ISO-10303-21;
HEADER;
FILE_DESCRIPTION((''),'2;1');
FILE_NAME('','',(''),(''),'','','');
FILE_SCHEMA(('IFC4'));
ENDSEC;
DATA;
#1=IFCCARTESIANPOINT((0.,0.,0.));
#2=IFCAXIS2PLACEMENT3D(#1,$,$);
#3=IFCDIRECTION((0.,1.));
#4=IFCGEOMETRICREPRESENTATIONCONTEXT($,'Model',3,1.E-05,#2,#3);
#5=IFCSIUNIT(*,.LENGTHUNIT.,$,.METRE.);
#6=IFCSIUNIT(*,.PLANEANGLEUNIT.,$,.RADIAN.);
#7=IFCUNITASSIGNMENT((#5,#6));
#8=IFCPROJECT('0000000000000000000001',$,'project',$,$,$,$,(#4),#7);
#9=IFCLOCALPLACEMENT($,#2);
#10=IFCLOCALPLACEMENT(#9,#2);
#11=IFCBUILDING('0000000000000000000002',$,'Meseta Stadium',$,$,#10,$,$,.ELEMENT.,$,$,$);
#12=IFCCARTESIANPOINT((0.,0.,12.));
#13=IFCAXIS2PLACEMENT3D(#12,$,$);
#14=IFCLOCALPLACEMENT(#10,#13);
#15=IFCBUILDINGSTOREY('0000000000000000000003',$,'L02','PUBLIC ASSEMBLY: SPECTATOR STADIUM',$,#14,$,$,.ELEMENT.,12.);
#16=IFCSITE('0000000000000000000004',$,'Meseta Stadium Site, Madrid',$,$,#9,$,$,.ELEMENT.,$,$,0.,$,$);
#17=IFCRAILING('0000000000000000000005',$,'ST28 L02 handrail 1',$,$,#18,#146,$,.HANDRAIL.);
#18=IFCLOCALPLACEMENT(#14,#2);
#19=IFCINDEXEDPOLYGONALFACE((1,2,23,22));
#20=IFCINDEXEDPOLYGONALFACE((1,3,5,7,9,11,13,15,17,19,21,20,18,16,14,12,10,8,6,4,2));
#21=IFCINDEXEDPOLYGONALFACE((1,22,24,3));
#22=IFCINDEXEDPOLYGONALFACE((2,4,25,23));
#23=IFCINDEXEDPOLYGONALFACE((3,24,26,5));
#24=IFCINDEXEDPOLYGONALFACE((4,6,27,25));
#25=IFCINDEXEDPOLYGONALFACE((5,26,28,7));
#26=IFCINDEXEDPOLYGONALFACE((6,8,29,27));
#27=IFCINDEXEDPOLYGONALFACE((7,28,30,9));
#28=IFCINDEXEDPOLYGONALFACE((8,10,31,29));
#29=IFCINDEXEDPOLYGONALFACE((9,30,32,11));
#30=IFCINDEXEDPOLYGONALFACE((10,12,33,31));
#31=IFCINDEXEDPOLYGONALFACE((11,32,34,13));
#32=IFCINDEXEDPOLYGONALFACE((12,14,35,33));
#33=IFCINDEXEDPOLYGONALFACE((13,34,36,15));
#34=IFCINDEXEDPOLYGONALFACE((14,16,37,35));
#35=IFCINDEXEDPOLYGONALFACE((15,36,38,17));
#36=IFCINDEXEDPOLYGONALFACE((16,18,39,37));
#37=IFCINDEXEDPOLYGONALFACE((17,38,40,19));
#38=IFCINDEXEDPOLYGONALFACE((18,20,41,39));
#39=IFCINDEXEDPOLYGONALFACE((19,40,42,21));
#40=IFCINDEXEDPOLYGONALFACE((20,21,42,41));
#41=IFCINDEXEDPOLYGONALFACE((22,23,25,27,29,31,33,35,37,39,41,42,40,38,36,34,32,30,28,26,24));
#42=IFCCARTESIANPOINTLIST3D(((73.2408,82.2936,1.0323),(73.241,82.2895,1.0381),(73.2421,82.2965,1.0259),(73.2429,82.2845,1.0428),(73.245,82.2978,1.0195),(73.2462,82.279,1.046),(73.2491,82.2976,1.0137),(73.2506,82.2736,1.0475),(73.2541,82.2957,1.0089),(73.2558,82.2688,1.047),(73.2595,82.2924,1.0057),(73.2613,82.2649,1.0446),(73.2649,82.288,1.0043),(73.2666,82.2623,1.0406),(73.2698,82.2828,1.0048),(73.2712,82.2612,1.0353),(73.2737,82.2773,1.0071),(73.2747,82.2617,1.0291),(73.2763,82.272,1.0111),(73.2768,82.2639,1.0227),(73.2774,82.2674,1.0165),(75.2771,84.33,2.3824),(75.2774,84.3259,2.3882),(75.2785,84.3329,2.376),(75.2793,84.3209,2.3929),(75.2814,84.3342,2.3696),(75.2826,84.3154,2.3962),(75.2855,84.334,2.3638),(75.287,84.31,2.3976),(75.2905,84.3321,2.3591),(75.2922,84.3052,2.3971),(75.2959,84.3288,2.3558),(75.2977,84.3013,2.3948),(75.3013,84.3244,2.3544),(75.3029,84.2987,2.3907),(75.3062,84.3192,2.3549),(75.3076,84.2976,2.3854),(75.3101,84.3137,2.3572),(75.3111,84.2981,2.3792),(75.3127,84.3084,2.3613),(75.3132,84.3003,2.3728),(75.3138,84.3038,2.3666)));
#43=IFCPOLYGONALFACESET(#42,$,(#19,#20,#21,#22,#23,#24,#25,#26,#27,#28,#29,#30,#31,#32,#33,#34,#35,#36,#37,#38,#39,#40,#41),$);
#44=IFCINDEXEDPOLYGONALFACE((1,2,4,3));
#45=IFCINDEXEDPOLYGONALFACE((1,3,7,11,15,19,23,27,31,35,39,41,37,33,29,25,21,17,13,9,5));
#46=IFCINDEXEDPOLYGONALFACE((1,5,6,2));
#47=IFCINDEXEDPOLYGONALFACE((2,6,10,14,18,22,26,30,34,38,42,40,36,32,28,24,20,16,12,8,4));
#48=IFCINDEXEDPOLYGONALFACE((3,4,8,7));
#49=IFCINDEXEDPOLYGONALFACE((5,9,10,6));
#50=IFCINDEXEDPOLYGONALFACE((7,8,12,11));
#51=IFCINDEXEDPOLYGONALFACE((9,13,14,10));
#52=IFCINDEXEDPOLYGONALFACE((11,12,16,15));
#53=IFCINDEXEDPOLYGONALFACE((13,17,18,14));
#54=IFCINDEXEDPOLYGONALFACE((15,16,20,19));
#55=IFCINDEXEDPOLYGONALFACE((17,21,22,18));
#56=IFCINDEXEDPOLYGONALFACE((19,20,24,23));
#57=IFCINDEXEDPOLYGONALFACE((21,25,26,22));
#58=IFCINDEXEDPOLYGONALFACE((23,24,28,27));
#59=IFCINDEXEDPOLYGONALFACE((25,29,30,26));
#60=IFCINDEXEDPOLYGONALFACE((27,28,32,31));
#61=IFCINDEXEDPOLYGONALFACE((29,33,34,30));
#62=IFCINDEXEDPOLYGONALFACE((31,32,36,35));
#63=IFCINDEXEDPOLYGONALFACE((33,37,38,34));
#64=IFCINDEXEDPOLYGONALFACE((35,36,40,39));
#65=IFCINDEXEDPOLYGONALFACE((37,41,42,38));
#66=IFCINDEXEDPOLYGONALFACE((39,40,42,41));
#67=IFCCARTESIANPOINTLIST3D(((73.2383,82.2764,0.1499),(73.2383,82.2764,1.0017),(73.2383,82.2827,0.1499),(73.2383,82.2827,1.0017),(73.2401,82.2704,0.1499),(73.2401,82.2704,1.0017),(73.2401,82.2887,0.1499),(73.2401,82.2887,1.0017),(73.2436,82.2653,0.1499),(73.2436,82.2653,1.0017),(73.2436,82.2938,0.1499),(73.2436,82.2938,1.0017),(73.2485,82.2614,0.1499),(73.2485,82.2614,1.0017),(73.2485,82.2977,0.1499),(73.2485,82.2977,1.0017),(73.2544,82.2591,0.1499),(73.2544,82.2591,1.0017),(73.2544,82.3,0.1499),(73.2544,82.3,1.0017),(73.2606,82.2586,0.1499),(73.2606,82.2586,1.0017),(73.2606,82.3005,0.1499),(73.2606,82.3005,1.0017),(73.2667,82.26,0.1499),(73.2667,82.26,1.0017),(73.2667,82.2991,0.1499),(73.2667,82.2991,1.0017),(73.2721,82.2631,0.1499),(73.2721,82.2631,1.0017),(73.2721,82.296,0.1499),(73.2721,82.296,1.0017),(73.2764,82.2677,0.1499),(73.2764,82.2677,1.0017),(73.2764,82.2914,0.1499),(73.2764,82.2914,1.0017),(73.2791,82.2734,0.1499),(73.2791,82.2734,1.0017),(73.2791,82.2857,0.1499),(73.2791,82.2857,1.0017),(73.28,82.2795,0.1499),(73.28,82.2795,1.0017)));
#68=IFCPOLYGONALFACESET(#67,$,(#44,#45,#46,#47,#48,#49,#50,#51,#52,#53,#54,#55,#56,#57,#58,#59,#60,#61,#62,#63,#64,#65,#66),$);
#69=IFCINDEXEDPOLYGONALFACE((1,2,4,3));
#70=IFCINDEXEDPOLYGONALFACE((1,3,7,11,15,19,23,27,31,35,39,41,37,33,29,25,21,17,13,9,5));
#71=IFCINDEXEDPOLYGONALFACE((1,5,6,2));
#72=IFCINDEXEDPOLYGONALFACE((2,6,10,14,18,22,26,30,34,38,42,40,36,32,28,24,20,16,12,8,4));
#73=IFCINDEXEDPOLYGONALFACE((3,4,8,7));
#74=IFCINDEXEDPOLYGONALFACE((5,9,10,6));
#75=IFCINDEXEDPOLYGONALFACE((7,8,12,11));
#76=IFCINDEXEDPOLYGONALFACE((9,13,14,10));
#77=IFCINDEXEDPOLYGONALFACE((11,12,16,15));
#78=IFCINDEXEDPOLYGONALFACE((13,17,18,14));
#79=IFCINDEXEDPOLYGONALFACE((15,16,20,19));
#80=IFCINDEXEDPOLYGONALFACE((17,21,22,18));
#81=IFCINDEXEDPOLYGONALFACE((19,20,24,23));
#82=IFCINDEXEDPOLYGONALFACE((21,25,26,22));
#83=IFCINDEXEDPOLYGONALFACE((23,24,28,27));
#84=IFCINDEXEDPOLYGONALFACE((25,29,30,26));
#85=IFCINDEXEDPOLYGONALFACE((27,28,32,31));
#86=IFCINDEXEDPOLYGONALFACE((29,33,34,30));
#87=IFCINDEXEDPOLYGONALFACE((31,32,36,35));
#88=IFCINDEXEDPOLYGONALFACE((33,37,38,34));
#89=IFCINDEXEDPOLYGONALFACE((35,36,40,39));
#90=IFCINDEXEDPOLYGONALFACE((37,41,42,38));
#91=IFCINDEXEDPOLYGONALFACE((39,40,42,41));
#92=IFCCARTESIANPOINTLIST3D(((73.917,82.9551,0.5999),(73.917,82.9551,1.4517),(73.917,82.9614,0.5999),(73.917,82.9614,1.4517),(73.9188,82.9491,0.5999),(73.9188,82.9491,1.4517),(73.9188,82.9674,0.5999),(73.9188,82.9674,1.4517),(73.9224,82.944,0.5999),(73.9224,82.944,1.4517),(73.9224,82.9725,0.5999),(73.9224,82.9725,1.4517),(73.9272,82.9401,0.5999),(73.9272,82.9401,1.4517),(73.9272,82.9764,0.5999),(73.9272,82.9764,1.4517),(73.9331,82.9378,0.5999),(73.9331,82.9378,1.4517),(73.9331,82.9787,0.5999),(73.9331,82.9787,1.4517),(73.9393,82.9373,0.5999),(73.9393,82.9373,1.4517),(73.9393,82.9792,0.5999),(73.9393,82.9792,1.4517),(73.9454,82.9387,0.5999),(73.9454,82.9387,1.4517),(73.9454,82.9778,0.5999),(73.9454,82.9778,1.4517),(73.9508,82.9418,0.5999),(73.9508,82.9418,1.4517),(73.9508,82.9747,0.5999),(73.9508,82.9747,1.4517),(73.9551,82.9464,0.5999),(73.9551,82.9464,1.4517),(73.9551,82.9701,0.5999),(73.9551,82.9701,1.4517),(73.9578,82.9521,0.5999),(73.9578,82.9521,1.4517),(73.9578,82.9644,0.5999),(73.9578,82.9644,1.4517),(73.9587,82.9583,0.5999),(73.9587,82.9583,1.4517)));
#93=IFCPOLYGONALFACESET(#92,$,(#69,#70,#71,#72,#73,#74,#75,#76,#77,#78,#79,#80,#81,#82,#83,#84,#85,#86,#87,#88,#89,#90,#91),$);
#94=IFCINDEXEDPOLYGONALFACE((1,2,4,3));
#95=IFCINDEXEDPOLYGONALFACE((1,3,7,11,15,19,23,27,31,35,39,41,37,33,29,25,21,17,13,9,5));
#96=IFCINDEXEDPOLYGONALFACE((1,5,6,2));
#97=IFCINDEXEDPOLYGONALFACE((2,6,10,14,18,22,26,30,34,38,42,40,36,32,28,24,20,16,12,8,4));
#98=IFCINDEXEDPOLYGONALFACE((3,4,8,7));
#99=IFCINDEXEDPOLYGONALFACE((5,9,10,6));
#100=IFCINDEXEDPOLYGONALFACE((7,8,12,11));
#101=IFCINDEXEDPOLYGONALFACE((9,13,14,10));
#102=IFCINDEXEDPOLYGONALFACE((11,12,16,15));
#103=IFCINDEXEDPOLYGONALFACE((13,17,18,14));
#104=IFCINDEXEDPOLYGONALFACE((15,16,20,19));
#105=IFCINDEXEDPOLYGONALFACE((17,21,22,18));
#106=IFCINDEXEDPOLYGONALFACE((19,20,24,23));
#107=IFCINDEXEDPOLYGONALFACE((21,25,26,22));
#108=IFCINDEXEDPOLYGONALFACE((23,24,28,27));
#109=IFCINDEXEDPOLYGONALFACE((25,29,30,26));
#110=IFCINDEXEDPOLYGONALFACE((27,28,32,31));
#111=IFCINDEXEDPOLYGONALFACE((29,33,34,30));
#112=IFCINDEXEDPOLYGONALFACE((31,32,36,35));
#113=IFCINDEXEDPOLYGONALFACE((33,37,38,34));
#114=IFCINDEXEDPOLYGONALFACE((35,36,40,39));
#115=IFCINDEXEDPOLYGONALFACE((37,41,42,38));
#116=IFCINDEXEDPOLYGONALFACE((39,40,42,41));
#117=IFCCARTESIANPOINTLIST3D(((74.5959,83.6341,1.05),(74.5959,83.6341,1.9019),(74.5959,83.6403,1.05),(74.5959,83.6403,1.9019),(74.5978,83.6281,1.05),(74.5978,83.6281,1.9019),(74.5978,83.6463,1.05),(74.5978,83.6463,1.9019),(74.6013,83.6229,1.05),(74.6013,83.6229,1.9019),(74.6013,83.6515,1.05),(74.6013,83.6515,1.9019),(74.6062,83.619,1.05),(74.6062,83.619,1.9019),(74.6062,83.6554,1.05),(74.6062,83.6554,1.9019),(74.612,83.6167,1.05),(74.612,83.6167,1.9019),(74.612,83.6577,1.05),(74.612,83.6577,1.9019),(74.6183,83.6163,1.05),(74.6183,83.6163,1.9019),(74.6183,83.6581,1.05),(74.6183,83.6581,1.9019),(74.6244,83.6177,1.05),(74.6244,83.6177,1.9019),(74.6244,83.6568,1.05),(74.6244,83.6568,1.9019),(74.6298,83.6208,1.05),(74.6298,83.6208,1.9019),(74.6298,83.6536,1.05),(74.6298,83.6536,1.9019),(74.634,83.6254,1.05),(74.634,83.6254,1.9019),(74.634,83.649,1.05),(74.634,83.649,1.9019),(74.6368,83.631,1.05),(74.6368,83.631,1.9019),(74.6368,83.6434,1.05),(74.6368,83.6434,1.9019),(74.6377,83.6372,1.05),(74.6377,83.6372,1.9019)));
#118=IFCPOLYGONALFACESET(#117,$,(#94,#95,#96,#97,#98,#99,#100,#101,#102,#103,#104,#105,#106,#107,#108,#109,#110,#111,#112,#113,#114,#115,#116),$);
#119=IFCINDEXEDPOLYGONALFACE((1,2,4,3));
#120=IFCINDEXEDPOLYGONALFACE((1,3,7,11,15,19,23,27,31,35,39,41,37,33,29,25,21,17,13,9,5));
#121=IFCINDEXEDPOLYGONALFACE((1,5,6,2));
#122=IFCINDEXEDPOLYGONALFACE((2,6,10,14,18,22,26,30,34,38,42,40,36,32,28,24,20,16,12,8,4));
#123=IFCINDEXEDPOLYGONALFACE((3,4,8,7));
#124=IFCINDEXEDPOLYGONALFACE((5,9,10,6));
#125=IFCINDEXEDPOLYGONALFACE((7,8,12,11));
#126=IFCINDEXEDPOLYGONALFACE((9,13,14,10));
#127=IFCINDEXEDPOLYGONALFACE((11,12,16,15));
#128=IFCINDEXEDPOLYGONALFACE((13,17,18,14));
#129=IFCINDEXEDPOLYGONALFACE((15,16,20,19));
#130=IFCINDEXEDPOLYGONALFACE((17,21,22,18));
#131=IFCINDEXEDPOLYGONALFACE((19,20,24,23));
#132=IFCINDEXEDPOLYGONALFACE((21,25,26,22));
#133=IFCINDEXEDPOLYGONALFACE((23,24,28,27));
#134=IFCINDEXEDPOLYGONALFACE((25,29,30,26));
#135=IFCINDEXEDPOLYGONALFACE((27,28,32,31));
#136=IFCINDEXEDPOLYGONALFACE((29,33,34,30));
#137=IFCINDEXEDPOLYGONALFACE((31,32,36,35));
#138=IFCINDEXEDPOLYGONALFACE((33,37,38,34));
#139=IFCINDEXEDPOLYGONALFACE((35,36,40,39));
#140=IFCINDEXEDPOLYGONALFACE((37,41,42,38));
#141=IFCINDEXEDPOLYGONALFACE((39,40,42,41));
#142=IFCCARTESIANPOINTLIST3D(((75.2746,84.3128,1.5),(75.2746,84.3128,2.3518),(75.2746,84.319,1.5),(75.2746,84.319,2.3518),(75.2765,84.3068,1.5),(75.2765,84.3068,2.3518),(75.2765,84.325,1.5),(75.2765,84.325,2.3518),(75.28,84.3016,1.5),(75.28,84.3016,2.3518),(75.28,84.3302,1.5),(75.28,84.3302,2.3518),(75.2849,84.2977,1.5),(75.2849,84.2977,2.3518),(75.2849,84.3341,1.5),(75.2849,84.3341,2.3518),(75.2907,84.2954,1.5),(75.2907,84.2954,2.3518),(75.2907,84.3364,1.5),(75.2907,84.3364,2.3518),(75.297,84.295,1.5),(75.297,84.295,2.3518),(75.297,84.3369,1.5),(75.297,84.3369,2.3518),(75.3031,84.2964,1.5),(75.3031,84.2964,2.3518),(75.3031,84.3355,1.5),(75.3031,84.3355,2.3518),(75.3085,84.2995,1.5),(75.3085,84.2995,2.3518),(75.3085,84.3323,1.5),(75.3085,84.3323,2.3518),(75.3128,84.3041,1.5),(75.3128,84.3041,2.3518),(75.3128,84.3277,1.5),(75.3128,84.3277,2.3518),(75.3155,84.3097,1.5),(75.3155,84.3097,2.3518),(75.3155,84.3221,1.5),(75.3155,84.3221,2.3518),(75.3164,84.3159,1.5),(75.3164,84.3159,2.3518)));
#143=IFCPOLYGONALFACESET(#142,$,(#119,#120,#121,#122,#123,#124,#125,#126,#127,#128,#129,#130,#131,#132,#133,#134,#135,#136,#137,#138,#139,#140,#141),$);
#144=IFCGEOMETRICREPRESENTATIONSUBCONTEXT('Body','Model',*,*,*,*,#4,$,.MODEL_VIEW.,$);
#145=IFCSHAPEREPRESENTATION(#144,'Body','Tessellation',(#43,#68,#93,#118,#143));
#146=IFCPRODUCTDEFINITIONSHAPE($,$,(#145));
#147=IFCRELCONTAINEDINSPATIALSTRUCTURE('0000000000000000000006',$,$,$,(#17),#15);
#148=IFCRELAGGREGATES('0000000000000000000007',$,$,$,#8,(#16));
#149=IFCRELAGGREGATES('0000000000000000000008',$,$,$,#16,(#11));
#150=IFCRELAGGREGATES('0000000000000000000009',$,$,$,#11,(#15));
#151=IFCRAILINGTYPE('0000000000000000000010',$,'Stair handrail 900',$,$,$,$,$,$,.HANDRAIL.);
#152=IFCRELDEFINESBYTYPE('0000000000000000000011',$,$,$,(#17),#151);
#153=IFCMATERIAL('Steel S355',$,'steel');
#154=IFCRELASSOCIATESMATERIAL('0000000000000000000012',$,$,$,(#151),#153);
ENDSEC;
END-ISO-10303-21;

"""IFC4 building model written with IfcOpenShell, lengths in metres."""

from ifc_helpers import new_model, si_unit, direction, frame, origin, origin_2d, place, context, subcontext, project, spatial, circle, extrude, material, type_object, element, save


model = new_model("IFC4")

# Units and contexts
model_context = context("Model", 3, precision=1e-05, world=origin(), true_north=direction((0.0, 1.0)))
body_context = subcontext(model_context, "Body", "Model", "MODEL_VIEW")
ifc_project = project(units=[si_unit("LENGTHUNIT", "METRE"), si_unit("PLANEANGLEUNIT", "RADIAN")], contexts=[model_context])

# Site, building, storey
site_placement = place(None, origin())
site = spatial("IfcSite", under=ifc_project, at=site_placement, Name="Meseta Stadium Site, Madrid", CompositionType="ELEMENT", RefElevation=0.0)
building_placement = place(site_placement, origin())
building = spatial("IfcBuilding", under=site, at=building_placement, Name="Meseta Stadium", CompositionType="ELEMENT")
storey_placement = place(building_placement, frame((0.0, 0.0, 12.0)))
storey = spatial("IfcBuildingStorey", under=building, at=storey_placement, Name="L02", Description="PUBLIC ASSEMBLY: SPECTATOR STADIUM", CompositionType="ELEMENT", Elevation=12.0)

# Railing
ifc_material_1 = material(Name="Steel S355", Category="steel")
railing_type_1 = type_object("IfcRailingType", Name="Stair handrail 900", PredefinedType="HANDRAIL", material=ifc_material_1)
for number, where, name in (
    (1, (73.259, 82.2795, 0.1499), "ST28 L02 handrail 1"),
):
    element("IfcRailing", number, at=place(storey_placement, frame(where)), inside=storey, type_object=railing_type_1, Name=name, PredefinedType="HANDRAIL", context=body_context, shape_type="SweptSolid", body=[
        extrude(circle(Radius=0.0239, at=origin_2d()), frame((0.0, 0.0, 0.876), z_axis=(0.640243, 0.640243, 0.424475), x_axis=(-0.707107, 0.707107, 0.0)), (0.0, 0.0, 1.0), 3.1807),
        extrude(circle(Radius=0.021, at=origin_2d()), origin(), (0.0, 0.0, 1.0), 0.8518),
        extrude(circle(Radius=0.021, at=origin_2d()), frame((0.6787, 0.6787, 0.45)), (0.0, 0.0, 1.0), 0.8518),
        extrude(circle(Radius=0.021, at=origin_2d()), frame((1.3577, 1.3577, 0.9001)), (0.0, 0.0, 1.0), 0.8518),
        extrude(circle(Radius=0.021, at=origin_2d()), frame((2.0364, 2.0364, 1.3501)), (0.0, 0.0, 1.0), 0.8518),
    ])

save(model, "model.ifc")
